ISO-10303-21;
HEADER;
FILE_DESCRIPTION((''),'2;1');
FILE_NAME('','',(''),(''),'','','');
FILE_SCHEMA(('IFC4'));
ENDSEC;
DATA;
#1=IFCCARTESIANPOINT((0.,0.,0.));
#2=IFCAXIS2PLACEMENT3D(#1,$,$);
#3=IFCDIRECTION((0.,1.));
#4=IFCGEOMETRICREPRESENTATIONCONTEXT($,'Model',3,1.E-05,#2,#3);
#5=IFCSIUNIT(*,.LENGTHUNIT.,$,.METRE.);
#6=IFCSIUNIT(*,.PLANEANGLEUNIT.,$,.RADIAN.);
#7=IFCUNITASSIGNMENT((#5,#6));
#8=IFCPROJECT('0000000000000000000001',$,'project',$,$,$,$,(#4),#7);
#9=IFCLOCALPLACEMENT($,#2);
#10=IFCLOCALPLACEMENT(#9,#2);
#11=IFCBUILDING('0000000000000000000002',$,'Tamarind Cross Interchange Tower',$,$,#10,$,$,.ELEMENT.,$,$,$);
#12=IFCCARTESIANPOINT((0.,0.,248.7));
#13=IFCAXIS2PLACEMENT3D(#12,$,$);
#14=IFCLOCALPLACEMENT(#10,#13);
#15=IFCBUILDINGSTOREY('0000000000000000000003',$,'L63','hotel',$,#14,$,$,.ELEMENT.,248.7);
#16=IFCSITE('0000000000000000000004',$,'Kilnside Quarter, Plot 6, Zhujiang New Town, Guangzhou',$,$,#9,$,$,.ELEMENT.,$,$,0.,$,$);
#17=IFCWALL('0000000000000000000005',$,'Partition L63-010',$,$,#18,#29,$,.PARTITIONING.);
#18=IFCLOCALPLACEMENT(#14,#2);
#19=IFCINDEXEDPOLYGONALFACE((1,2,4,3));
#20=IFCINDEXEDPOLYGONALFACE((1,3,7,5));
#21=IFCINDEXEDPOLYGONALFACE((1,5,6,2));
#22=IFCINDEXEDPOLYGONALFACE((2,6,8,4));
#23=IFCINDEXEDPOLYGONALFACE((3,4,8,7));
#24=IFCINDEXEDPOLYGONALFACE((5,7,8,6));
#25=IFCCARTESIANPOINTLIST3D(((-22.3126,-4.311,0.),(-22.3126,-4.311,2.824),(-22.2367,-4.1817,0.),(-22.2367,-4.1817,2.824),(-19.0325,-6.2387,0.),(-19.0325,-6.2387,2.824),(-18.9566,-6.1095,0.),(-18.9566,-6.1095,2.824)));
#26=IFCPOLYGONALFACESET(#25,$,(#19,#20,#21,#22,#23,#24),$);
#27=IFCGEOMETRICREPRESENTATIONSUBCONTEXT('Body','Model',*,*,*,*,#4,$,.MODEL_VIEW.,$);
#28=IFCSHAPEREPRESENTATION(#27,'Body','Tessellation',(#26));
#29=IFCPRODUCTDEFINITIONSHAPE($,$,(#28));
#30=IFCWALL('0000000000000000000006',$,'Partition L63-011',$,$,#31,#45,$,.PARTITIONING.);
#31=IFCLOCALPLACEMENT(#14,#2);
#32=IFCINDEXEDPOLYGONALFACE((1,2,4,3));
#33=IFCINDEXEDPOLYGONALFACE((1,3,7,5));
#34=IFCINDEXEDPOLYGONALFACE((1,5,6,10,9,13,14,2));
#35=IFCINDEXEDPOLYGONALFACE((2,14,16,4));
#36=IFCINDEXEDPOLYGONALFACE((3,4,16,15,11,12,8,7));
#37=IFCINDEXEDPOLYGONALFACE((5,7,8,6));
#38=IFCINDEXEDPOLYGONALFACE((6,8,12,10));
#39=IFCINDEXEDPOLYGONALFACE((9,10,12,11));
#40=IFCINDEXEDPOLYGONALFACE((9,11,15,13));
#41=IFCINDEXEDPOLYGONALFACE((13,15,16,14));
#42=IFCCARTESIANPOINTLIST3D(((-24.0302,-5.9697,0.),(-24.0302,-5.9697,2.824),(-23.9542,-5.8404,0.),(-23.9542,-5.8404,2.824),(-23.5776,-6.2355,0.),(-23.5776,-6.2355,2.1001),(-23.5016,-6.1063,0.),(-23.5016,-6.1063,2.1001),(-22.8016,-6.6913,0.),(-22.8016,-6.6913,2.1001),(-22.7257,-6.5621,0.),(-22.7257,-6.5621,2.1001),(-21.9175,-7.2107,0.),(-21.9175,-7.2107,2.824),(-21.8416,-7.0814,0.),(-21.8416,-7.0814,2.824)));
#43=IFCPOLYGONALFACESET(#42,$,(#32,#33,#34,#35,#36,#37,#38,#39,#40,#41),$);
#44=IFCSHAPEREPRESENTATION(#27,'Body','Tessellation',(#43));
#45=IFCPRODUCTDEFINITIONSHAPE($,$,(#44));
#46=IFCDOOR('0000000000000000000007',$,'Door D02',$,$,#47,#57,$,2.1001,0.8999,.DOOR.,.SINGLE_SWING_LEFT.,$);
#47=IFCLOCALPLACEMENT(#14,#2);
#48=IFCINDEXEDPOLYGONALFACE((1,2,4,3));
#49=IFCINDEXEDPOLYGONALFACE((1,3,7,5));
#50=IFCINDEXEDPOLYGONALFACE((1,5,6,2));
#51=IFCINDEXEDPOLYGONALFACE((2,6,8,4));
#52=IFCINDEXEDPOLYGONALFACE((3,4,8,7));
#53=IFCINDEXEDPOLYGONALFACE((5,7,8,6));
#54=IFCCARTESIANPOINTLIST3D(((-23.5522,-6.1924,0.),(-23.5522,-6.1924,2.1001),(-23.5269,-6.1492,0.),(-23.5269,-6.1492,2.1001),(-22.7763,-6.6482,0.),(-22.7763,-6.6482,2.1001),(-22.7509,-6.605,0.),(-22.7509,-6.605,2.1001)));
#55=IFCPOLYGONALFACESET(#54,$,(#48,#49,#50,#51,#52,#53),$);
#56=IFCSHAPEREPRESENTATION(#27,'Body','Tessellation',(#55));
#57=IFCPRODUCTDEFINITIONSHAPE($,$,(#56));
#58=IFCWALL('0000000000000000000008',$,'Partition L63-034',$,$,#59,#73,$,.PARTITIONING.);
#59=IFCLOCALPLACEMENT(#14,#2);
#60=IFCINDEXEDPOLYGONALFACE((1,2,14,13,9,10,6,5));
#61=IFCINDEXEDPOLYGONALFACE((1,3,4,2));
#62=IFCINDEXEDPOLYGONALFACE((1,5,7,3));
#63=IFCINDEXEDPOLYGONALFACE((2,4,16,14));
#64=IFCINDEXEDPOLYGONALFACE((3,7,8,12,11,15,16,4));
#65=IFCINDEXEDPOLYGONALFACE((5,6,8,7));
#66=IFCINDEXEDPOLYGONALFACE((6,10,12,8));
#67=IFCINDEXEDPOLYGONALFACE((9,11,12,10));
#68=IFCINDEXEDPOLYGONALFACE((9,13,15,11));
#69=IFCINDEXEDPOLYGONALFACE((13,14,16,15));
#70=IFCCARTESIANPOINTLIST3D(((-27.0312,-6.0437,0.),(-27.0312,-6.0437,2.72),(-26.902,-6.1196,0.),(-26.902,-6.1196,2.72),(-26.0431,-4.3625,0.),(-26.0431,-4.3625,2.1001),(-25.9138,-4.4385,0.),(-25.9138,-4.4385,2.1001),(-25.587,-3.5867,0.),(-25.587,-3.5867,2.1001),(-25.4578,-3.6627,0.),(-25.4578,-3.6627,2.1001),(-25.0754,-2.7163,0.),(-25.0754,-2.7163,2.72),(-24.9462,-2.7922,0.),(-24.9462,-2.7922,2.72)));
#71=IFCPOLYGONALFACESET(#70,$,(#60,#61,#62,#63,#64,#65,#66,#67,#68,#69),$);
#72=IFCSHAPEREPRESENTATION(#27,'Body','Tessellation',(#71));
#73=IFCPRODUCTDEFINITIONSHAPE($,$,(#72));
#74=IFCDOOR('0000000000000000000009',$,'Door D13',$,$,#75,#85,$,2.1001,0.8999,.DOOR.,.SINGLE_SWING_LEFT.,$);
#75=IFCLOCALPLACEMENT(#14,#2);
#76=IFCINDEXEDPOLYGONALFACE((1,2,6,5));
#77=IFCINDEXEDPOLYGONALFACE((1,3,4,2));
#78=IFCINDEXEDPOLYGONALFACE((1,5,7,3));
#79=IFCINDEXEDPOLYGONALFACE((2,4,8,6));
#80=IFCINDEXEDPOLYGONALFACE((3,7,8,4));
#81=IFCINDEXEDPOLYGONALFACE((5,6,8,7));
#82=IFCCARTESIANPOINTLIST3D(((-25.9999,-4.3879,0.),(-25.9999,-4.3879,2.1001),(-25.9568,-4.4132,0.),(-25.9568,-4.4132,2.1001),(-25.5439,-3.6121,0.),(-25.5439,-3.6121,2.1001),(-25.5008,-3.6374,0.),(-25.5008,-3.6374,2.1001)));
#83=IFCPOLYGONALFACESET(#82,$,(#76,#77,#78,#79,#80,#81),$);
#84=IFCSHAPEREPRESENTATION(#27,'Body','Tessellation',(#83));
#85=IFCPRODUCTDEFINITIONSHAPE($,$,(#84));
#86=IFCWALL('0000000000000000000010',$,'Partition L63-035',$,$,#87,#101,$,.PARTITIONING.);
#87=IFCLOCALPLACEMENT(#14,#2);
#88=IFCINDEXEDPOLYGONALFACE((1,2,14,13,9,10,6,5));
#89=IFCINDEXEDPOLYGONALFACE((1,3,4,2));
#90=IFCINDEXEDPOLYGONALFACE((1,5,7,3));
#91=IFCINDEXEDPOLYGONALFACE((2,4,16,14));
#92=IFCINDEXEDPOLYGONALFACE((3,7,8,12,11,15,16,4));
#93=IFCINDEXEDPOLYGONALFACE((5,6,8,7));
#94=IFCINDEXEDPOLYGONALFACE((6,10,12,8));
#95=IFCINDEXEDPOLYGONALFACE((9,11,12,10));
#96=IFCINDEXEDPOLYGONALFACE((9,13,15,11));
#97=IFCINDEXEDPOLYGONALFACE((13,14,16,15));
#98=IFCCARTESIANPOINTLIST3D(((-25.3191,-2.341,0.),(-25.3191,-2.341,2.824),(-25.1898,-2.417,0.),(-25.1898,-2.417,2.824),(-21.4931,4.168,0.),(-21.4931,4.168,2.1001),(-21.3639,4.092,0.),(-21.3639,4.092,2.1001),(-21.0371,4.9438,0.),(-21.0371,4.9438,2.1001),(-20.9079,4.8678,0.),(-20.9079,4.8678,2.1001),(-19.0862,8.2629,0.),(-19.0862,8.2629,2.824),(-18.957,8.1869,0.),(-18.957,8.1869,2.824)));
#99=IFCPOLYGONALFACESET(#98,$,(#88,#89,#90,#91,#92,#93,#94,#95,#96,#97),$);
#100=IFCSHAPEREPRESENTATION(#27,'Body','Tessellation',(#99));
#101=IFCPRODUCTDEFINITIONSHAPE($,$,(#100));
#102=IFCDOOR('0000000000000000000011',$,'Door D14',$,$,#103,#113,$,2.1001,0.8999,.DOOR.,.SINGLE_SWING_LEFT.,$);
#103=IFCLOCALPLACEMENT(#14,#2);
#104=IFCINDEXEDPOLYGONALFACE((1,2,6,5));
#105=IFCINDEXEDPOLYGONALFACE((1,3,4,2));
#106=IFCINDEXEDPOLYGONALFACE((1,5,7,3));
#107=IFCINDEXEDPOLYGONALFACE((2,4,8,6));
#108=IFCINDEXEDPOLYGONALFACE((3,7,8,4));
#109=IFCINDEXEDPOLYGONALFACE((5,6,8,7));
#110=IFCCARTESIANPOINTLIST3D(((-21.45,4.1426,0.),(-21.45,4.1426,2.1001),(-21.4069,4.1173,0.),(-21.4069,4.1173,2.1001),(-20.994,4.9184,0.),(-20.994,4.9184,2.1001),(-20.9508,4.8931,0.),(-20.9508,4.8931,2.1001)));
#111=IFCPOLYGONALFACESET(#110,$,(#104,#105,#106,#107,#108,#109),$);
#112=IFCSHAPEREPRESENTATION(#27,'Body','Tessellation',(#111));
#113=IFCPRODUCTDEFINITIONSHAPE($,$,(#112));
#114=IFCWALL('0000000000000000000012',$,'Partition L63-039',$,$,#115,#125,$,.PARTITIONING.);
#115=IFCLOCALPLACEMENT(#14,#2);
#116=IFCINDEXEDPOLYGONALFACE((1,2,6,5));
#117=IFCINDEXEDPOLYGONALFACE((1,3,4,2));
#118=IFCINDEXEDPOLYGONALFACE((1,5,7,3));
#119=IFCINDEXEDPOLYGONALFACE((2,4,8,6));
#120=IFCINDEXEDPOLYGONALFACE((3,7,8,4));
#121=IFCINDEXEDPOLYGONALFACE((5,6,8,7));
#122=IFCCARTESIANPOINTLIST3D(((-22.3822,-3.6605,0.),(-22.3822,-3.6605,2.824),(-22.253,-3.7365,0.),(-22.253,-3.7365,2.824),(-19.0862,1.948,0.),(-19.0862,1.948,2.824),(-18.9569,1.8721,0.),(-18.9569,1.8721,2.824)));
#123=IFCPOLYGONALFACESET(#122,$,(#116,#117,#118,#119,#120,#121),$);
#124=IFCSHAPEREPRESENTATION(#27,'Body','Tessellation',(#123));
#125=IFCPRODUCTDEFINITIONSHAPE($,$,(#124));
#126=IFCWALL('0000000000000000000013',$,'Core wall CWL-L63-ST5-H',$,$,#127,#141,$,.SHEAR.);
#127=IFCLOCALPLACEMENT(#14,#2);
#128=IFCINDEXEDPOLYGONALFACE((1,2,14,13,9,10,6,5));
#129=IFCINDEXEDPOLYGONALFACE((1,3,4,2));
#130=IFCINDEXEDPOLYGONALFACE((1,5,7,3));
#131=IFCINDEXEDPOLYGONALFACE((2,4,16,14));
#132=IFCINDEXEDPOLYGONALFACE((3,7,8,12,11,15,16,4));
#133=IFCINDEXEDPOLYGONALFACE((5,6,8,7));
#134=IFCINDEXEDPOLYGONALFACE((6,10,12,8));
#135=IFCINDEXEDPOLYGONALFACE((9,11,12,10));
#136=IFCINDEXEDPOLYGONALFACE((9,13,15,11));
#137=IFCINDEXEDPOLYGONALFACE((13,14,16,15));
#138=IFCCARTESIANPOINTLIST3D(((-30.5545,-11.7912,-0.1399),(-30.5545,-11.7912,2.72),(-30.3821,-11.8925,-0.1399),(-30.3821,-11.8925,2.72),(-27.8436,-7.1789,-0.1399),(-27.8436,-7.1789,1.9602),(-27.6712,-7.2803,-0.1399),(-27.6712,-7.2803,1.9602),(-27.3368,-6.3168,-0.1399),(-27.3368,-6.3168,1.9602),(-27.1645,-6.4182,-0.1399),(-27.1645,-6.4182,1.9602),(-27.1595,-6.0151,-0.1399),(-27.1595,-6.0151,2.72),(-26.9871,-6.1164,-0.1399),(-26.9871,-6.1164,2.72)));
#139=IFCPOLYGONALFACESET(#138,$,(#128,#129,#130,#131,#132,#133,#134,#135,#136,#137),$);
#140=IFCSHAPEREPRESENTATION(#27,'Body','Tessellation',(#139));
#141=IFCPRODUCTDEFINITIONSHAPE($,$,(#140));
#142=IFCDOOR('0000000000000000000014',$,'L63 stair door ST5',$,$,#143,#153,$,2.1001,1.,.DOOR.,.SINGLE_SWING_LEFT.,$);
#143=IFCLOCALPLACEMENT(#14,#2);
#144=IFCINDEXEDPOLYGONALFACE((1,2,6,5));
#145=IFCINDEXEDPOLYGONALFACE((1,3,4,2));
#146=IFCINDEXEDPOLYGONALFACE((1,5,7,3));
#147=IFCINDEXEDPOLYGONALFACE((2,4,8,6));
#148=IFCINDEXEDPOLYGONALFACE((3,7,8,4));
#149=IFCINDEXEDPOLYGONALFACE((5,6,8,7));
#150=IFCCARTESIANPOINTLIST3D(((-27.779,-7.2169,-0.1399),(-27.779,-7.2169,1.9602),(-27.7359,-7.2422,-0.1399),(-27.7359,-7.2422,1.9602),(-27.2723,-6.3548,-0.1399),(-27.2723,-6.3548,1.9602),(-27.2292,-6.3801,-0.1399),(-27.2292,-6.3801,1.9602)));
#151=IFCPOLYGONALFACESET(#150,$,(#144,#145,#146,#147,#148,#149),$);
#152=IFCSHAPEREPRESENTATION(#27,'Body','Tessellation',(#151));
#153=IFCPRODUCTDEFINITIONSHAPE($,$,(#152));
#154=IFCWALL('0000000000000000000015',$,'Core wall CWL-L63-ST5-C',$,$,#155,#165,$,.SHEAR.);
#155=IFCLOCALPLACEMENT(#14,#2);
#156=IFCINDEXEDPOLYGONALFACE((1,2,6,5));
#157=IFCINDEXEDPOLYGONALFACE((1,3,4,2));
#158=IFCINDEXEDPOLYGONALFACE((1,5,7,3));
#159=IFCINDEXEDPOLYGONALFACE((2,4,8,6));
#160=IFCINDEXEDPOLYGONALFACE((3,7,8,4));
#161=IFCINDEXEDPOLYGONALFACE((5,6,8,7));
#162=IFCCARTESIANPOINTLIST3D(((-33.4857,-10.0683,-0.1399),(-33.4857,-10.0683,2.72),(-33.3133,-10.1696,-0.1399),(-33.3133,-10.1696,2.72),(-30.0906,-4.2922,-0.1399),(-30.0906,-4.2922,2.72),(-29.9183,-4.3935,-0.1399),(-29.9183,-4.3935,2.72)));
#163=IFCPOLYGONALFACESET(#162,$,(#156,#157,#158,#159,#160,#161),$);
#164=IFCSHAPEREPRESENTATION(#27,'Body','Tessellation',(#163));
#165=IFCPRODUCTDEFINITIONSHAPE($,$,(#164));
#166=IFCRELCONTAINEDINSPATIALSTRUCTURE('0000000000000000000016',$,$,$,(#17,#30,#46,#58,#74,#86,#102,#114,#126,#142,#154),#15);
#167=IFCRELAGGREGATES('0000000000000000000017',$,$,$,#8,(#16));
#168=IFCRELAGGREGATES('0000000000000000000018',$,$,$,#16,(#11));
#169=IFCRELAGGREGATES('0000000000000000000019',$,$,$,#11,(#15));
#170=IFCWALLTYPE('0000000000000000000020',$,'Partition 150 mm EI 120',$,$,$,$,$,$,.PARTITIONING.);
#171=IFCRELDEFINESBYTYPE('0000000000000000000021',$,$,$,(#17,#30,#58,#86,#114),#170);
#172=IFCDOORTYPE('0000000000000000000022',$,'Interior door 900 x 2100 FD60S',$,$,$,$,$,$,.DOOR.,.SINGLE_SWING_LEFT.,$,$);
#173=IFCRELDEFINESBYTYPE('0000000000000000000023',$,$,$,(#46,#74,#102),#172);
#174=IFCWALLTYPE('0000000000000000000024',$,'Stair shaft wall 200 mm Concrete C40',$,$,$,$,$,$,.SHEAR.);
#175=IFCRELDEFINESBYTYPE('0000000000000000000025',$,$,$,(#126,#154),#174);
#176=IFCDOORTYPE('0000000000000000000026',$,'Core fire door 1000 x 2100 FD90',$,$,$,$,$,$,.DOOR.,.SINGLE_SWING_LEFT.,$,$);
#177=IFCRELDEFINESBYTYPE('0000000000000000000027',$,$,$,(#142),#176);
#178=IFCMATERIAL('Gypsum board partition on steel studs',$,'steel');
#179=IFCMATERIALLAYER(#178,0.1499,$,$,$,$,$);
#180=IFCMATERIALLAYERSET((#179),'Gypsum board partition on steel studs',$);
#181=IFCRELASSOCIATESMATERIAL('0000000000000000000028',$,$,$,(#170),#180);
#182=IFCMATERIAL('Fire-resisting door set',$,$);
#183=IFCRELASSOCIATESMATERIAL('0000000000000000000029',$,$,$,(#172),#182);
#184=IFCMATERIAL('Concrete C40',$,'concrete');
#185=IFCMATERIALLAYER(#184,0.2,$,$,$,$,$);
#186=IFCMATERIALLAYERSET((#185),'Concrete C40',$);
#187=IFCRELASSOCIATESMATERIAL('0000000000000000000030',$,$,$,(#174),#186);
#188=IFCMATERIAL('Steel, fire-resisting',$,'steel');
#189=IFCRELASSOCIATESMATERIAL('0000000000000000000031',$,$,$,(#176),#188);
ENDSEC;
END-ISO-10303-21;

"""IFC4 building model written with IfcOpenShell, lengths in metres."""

from ifc_helpers import new_model, si_unit, direction, frame, frame_2d, origin, place, context, subcontext, project, spatial, rectangle, extrude, material, layer, layer_set, type_object, element, fill, save


model = new_model("IFC4")

# Units and contexts
model_context = context("Model", 3, precision=1e-05, world=origin(), true_north=direction((0.0, 1.0)))
body_context = subcontext(model_context, "Body", "Model", "MODEL_VIEW")
ifc_project = project(units=[si_unit("LENGTHUNIT", "METRE"), si_unit("PLANEANGLEUNIT", "RADIAN")], contexts=[model_context])

# Site, building, storey
site_placement = place(None, origin())
site = spatial("IfcSite", under=ifc_project, at=site_placement, Name="Kilnside Quarter, Plot 6, Zhujiang New Town, Guangzhou", CompositionType="ELEMENT", RefElevation=0.0)
building_placement = place(site_placement, origin())
building = spatial("IfcBuilding", under=site, at=building_placement, Name="Tamarind Cross Interchange Tower", CompositionType="ELEMENT")
storey_placement = place(building_placement, frame((0.0, 0.0, 248.7)))
storey = spatial("IfcBuildingStorey", under=building, at=storey_placement, Name="L63", Description="hotel", CompositionType="ELEMENT", Elevation=248.7)

# Wall
ifc_material_1 = material(Name="Gypsum board partition on steel studs", Category="steel")
ifc_layer_1 = layer(ifc_material_1, 0.1499)
ifc_layer_set_1 = layer_set([ifc_layer_1], Name="Gypsum board partition on steel studs")
wall_type_1 = type_object("IfcWallType", Name="Partition 150 mm EI 120", PredefinedType="PARTITIONING", material=ifc_layer_set_1)
wall_1_placement = place(storey_placement, frame((-22.2747, -4.2463, 0.0), z_axis=(0.0, 0.0, 1.0), x_axis=(0.862129, -0.506689, 0.0)))
element("IfcWall", 1, at=wall_1_placement, inside=storey, type_object=wall_type_1, Name="Partition L63-010", PredefinedType="PARTITIONING", context=body_context, shape_type="SweptSolid", body=[
    extrude(rectangle(XDim=3.8047, YDim=0.1499, at=frame_2d((1.9023, 0.0))), origin(), (0.0, 0.0, 1.0), 2.824),
])

# Walls, openings, doors
wall_2_placement = place(storey_placement, frame((-23.9922, -5.905, 0.0), z_axis=(0.0, 0.0, 1.0), x_axis=(0.862239, -0.506502, 0.0)))
wall_2 = element("IfcWall", 2, at=wall_2_placement, inside=storey, type_object=wall_type_1, Name="Partition L63-011", PredefinedType="PARTITIONING", context=body_context, shape_type="SweptSolid", body=[
    extrude(rectangle(XDim=2.4502, YDim=0.1499, at=frame_2d((1.2251, 0.0))), origin(), (0.0, 0.0, 1.0), 2.824),
])
opening_1_placement = place(wall_2_placement, frame((0.5249, 0.0, 0.0)))
opening_1 = element("IfcOpeningElement", 3, at=opening_1_placement, cuts=wall_2, PredefinedType="OPENING", context=body_context, shape_type="SweptSolid", body=[
    extrude(rectangle(XDim=0.8999, YDim=2.1001, at=frame_2d((0.45, 1.05))), frame((0.0, 0.085, 0.0), z_axis=(0.0, -1.0, 0.0), x_axis=(1.0, 0.0, 0.0)), (0.0, 0.0, 1.0), 0.1699),
])
ifc_material_2 = material(Name="Fire-resisting door set")
door_type_1 = type_object("IfcDoorType", Name="Interior door 900 x 2100 FD60S", OperationType="SINGLE_SWING_LEFT", PredefinedType="DOOR", material=ifc_material_2)
door_1_placement = place(opening_1_placement, frame((0.8999, 0.0, 0.0), z_axis=(0.0, 0.0, 1.0), x_axis=(-1.0, 0.0, 0.0)))
door_1 = element("IfcDoor", 4, at=door_1_placement, inside=storey, type_object=door_type_1, Name="Door D02", OperationType="SINGLE_SWING_LEFT", OverallHeight=2.1001, OverallWidth=0.8999, PredefinedType="DOOR", context=body_context, shape_type="SweptSolid", body=[
    extrude(rectangle(XDim=0.8999, YDim=2.1001, at=frame_2d((0.45, 1.05))), frame((0.0, 0.0249, 0.0), z_axis=(0.0, -1.0, 0.0), x_axis=(1.0, 0.0, 0.0)), (0.0, 0.0, 1.0), 0.05),
])
fill(opening_1, door_1)
wall_3_placement = place(storey_placement, frame((-26.9666, -6.0815, 0.0), z_axis=(0.0, 0.0, 1.0), x_axis=(0.506735, 0.862102, 0.0)))
wall_3 = element("IfcWall", 5, at=wall_3_placement, inside=storey, type_object=wall_type_1, Name="Partition L63-034", PredefinedType="PARTITIONING", context=body_context, shape_type="SweptSolid", body=[
    extrude(rectangle(XDim=3.8596, YDim=0.1499, at=frame_2d((1.9297, 0.0))), origin(), (0.0, 0.0, 1.0), 2.72),
])
opening_2_placement = place(wall_3_placement, frame((1.95, 0.0, 0.0)))
opening_2 = element("IfcOpeningElement", 6, at=opening_2_placement, cuts=wall_3, PredefinedType="OPENING", context=body_context, shape_type="SweptSolid", body=[
    extrude(rectangle(XDim=0.8999, YDim=2.1001, at=frame_2d((0.45, 1.05))), frame((0.0, 0.085, 0.0), z_axis=(0.0, -1.0, 0.0), x_axis=(1.0, 0.0, 0.0)), (0.0, 0.0, 1.0), 0.1699),
])
door_2_placement = place(opening_2_placement, origin())
door_2 = element("IfcDoor", 7, at=door_2_placement, inside=storey, type_object=door_type_1, Name="Door D13", OperationType="SINGLE_SWING_LEFT", OverallHeight=2.1001, OverallWidth=0.8999, PredefinedType="DOOR", context=body_context, shape_type="SweptSolid", body=[
    extrude(rectangle(XDim=0.8999, YDim=2.1001, at=frame_2d((0.45, 1.05))), frame((0.0, 0.0249, 0.0), z_axis=(0.0, -1.0, 0.0), x_axis=(1.0, 0.0, 0.0)), (0.0, 0.0, 1.0), 0.05),
])
fill(opening_2, door_2)
wall_4_placement = place(storey_placement, frame((-25.2544, -2.3789, 0.0), z_axis=(0.0, 0.0, 1.0), x_axis=(0.506734, 0.862103, 0.0)))
wall_4 = element("IfcWall", 8, at=wall_4_placement, inside=storey, type_object=wall_type_1, Name="Partition L63-035", PredefinedType="PARTITIONING", context=body_context, shape_type="SweptSolid", body=[
    extrude(rectangle(XDim=12.3, YDim=0.1499, at=frame_2d((6.1499, 0.0))), origin(), (0.0, 0.0, 1.0), 2.824),
])
opening_3_placement = place(wall_4_placement, frame((7.55, 0.0, 0.0)))
opening_3 = element("IfcOpeningElement", 9, at=opening_3_placement, cuts=wall_4, PredefinedType="OPENING", context=body_context, shape_type="SweptSolid", body=[
    extrude(rectangle(XDim=0.8999, YDim=2.1001, at=frame_2d((0.45, 1.05))), frame((0.0, 0.085, 0.0), z_axis=(0.0, -1.0, 0.0), x_axis=(1.0, 0.0, 0.0)), (0.0, 0.0, 1.0), 0.1699),
])
door_3_placement = place(opening_3_placement, origin())
door_3 = element("IfcDoor", 10, at=door_3_placement, inside=storey, type_object=door_type_1, Name="Door D14", OperationType="SINGLE_SWING_LEFT", OverallHeight=2.1001, OverallWidth=0.8999, PredefinedType="DOOR", context=body_context, shape_type="SweptSolid", body=[
    extrude(rectangle(XDim=0.8999, YDim=2.1001, at=frame_2d((0.45, 1.05))), frame((0.0, 0.0249, 0.0), z_axis=(0.0, -1.0, 0.0), x_axis=(1.0, 0.0, 0.0)), (0.0, 0.0, 1.0), 0.05),
])
fill(opening_3, door_3)

# Wall
wall_5_placement = place(storey_placement, frame((-22.3176, -3.6985, 0.0), z_axis=(0.0, 0.0, 1.0), x_axis=(0.506671, 0.86214, 0.0)))
element("IfcWall", 11, at=wall_5_placement, inside=storey, type_object=wall_type_1, Name="Partition L63-039", PredefinedType="PARTITIONING", context=body_context, shape_type="SweptSolid", body=[
    extrude(rectangle(XDim=6.5054, YDim=0.1499, at=frame_2d((3.2527, 0.0))), origin(), (0.0, 0.0, 1.0), 2.824),
])

# Wall, opening, door
ifc_material_3 = material(Name="Concrete C40", Category="concrete")
ifc_layer_2 = layer(ifc_material_3, 0.2)
ifc_layer_set_2 = layer_set([ifc_layer_2], Name="Concrete C40")
wall_type_2 = type_object("IfcWallType", Name="Stair shaft wall 200 mm Concrete C40", PredefinedType="SHEAR", material=ifc_layer_set_2)
wall_6_placement = place(storey_placement, frame((-27.0732, -6.0657, -0.1399), z_axis=(0.0, 0.0, 1.0), x_axis=(-0.506721, -0.86211, 0.0)))
wall_6 = element("IfcWall", 12, at=wall_6_placement, inside=storey, type_object=wall_type_2, Name="Core wall CWL-L63-ST5-H", PredefinedType="SHEAR", context=body_context, shape_type="SweptSolid", body=[
    extrude(rectangle(XDim=6.7, YDim=0.2, at=frame_2d((3.3501, 0.0))), origin(), (0.0, 0.0, 1.0), 2.8599),
])
opening_4_placement = place(wall_6_placement, frame((0.3501, 0.0, 0.0)))
opening_4 = element("IfcOpeningElement", 13, at=opening_4_placement, cuts=wall_6, PredefinedType="OPENING", context=body_context, shape_type="SweptSolid", body=[
    extrude(rectangle(XDim=1.0, YDim=2.1001, at=frame_2d((0.5, 1.05))), frame((0.0, 0.1099, 0.0), z_axis=(0.0, -1.0, 0.0), x_axis=(1.0, 0.0, 0.0)), (0.0, 0.0, 1.0), 0.22),
])
ifc_material_4 = material(Name="Steel, fire-resisting", Category="steel")
door_type_2 = type_object("IfcDoorType", Name="Core fire door 1000 x 2100 FD90", OperationType="SINGLE_SWING_LEFT", PredefinedType="DOOR", material=ifc_material_4)
door_4_placement = place(opening_4_placement, origin())
door_4 = element("IfcDoor", 14, at=door_4_placement, inside=storey, type_object=door_type_2, Name="L63 stair door ST5", OperationType="SINGLE_SWING_LEFT", OverallHeight=2.1001, OverallWidth=1.0, PredefinedType="DOOR", context=body_context, shape_type="SweptSolid", body=[
    extrude(rectangle(XDim=1.0, YDim=2.1001, at=frame_2d((0.5, 1.05))), frame((0.0, 0.0249, 0.0), z_axis=(0.0, -1.0, 0.0), x_axis=(1.0, 0.0, 0.0)), (0.0, 0.0, 1.0), 0.05),
])
fill(opening_4, door_4)

# Wall
wall_7_placement = place(storey_placement, frame((-30.0044, -4.3428, -0.1399), z_axis=(0.0, 0.0, 1.0), x_axis=(-0.506721, -0.86211, 0.0)))
element("IfcWall", 15, at=wall_7_placement, inside=storey, type_object=wall_type_2, Name="Core wall CWL-L63-ST5-C", PredefinedType="SHEAR", context=body_context, shape_type="SweptSolid", body=[
    extrude(rectangle(XDim=6.7, YDim=0.2, at=frame_2d((3.3501, 0.0))), origin(), (0.0, 0.0, 1.0), 2.8599),
])

save(model, "model.ifc")
